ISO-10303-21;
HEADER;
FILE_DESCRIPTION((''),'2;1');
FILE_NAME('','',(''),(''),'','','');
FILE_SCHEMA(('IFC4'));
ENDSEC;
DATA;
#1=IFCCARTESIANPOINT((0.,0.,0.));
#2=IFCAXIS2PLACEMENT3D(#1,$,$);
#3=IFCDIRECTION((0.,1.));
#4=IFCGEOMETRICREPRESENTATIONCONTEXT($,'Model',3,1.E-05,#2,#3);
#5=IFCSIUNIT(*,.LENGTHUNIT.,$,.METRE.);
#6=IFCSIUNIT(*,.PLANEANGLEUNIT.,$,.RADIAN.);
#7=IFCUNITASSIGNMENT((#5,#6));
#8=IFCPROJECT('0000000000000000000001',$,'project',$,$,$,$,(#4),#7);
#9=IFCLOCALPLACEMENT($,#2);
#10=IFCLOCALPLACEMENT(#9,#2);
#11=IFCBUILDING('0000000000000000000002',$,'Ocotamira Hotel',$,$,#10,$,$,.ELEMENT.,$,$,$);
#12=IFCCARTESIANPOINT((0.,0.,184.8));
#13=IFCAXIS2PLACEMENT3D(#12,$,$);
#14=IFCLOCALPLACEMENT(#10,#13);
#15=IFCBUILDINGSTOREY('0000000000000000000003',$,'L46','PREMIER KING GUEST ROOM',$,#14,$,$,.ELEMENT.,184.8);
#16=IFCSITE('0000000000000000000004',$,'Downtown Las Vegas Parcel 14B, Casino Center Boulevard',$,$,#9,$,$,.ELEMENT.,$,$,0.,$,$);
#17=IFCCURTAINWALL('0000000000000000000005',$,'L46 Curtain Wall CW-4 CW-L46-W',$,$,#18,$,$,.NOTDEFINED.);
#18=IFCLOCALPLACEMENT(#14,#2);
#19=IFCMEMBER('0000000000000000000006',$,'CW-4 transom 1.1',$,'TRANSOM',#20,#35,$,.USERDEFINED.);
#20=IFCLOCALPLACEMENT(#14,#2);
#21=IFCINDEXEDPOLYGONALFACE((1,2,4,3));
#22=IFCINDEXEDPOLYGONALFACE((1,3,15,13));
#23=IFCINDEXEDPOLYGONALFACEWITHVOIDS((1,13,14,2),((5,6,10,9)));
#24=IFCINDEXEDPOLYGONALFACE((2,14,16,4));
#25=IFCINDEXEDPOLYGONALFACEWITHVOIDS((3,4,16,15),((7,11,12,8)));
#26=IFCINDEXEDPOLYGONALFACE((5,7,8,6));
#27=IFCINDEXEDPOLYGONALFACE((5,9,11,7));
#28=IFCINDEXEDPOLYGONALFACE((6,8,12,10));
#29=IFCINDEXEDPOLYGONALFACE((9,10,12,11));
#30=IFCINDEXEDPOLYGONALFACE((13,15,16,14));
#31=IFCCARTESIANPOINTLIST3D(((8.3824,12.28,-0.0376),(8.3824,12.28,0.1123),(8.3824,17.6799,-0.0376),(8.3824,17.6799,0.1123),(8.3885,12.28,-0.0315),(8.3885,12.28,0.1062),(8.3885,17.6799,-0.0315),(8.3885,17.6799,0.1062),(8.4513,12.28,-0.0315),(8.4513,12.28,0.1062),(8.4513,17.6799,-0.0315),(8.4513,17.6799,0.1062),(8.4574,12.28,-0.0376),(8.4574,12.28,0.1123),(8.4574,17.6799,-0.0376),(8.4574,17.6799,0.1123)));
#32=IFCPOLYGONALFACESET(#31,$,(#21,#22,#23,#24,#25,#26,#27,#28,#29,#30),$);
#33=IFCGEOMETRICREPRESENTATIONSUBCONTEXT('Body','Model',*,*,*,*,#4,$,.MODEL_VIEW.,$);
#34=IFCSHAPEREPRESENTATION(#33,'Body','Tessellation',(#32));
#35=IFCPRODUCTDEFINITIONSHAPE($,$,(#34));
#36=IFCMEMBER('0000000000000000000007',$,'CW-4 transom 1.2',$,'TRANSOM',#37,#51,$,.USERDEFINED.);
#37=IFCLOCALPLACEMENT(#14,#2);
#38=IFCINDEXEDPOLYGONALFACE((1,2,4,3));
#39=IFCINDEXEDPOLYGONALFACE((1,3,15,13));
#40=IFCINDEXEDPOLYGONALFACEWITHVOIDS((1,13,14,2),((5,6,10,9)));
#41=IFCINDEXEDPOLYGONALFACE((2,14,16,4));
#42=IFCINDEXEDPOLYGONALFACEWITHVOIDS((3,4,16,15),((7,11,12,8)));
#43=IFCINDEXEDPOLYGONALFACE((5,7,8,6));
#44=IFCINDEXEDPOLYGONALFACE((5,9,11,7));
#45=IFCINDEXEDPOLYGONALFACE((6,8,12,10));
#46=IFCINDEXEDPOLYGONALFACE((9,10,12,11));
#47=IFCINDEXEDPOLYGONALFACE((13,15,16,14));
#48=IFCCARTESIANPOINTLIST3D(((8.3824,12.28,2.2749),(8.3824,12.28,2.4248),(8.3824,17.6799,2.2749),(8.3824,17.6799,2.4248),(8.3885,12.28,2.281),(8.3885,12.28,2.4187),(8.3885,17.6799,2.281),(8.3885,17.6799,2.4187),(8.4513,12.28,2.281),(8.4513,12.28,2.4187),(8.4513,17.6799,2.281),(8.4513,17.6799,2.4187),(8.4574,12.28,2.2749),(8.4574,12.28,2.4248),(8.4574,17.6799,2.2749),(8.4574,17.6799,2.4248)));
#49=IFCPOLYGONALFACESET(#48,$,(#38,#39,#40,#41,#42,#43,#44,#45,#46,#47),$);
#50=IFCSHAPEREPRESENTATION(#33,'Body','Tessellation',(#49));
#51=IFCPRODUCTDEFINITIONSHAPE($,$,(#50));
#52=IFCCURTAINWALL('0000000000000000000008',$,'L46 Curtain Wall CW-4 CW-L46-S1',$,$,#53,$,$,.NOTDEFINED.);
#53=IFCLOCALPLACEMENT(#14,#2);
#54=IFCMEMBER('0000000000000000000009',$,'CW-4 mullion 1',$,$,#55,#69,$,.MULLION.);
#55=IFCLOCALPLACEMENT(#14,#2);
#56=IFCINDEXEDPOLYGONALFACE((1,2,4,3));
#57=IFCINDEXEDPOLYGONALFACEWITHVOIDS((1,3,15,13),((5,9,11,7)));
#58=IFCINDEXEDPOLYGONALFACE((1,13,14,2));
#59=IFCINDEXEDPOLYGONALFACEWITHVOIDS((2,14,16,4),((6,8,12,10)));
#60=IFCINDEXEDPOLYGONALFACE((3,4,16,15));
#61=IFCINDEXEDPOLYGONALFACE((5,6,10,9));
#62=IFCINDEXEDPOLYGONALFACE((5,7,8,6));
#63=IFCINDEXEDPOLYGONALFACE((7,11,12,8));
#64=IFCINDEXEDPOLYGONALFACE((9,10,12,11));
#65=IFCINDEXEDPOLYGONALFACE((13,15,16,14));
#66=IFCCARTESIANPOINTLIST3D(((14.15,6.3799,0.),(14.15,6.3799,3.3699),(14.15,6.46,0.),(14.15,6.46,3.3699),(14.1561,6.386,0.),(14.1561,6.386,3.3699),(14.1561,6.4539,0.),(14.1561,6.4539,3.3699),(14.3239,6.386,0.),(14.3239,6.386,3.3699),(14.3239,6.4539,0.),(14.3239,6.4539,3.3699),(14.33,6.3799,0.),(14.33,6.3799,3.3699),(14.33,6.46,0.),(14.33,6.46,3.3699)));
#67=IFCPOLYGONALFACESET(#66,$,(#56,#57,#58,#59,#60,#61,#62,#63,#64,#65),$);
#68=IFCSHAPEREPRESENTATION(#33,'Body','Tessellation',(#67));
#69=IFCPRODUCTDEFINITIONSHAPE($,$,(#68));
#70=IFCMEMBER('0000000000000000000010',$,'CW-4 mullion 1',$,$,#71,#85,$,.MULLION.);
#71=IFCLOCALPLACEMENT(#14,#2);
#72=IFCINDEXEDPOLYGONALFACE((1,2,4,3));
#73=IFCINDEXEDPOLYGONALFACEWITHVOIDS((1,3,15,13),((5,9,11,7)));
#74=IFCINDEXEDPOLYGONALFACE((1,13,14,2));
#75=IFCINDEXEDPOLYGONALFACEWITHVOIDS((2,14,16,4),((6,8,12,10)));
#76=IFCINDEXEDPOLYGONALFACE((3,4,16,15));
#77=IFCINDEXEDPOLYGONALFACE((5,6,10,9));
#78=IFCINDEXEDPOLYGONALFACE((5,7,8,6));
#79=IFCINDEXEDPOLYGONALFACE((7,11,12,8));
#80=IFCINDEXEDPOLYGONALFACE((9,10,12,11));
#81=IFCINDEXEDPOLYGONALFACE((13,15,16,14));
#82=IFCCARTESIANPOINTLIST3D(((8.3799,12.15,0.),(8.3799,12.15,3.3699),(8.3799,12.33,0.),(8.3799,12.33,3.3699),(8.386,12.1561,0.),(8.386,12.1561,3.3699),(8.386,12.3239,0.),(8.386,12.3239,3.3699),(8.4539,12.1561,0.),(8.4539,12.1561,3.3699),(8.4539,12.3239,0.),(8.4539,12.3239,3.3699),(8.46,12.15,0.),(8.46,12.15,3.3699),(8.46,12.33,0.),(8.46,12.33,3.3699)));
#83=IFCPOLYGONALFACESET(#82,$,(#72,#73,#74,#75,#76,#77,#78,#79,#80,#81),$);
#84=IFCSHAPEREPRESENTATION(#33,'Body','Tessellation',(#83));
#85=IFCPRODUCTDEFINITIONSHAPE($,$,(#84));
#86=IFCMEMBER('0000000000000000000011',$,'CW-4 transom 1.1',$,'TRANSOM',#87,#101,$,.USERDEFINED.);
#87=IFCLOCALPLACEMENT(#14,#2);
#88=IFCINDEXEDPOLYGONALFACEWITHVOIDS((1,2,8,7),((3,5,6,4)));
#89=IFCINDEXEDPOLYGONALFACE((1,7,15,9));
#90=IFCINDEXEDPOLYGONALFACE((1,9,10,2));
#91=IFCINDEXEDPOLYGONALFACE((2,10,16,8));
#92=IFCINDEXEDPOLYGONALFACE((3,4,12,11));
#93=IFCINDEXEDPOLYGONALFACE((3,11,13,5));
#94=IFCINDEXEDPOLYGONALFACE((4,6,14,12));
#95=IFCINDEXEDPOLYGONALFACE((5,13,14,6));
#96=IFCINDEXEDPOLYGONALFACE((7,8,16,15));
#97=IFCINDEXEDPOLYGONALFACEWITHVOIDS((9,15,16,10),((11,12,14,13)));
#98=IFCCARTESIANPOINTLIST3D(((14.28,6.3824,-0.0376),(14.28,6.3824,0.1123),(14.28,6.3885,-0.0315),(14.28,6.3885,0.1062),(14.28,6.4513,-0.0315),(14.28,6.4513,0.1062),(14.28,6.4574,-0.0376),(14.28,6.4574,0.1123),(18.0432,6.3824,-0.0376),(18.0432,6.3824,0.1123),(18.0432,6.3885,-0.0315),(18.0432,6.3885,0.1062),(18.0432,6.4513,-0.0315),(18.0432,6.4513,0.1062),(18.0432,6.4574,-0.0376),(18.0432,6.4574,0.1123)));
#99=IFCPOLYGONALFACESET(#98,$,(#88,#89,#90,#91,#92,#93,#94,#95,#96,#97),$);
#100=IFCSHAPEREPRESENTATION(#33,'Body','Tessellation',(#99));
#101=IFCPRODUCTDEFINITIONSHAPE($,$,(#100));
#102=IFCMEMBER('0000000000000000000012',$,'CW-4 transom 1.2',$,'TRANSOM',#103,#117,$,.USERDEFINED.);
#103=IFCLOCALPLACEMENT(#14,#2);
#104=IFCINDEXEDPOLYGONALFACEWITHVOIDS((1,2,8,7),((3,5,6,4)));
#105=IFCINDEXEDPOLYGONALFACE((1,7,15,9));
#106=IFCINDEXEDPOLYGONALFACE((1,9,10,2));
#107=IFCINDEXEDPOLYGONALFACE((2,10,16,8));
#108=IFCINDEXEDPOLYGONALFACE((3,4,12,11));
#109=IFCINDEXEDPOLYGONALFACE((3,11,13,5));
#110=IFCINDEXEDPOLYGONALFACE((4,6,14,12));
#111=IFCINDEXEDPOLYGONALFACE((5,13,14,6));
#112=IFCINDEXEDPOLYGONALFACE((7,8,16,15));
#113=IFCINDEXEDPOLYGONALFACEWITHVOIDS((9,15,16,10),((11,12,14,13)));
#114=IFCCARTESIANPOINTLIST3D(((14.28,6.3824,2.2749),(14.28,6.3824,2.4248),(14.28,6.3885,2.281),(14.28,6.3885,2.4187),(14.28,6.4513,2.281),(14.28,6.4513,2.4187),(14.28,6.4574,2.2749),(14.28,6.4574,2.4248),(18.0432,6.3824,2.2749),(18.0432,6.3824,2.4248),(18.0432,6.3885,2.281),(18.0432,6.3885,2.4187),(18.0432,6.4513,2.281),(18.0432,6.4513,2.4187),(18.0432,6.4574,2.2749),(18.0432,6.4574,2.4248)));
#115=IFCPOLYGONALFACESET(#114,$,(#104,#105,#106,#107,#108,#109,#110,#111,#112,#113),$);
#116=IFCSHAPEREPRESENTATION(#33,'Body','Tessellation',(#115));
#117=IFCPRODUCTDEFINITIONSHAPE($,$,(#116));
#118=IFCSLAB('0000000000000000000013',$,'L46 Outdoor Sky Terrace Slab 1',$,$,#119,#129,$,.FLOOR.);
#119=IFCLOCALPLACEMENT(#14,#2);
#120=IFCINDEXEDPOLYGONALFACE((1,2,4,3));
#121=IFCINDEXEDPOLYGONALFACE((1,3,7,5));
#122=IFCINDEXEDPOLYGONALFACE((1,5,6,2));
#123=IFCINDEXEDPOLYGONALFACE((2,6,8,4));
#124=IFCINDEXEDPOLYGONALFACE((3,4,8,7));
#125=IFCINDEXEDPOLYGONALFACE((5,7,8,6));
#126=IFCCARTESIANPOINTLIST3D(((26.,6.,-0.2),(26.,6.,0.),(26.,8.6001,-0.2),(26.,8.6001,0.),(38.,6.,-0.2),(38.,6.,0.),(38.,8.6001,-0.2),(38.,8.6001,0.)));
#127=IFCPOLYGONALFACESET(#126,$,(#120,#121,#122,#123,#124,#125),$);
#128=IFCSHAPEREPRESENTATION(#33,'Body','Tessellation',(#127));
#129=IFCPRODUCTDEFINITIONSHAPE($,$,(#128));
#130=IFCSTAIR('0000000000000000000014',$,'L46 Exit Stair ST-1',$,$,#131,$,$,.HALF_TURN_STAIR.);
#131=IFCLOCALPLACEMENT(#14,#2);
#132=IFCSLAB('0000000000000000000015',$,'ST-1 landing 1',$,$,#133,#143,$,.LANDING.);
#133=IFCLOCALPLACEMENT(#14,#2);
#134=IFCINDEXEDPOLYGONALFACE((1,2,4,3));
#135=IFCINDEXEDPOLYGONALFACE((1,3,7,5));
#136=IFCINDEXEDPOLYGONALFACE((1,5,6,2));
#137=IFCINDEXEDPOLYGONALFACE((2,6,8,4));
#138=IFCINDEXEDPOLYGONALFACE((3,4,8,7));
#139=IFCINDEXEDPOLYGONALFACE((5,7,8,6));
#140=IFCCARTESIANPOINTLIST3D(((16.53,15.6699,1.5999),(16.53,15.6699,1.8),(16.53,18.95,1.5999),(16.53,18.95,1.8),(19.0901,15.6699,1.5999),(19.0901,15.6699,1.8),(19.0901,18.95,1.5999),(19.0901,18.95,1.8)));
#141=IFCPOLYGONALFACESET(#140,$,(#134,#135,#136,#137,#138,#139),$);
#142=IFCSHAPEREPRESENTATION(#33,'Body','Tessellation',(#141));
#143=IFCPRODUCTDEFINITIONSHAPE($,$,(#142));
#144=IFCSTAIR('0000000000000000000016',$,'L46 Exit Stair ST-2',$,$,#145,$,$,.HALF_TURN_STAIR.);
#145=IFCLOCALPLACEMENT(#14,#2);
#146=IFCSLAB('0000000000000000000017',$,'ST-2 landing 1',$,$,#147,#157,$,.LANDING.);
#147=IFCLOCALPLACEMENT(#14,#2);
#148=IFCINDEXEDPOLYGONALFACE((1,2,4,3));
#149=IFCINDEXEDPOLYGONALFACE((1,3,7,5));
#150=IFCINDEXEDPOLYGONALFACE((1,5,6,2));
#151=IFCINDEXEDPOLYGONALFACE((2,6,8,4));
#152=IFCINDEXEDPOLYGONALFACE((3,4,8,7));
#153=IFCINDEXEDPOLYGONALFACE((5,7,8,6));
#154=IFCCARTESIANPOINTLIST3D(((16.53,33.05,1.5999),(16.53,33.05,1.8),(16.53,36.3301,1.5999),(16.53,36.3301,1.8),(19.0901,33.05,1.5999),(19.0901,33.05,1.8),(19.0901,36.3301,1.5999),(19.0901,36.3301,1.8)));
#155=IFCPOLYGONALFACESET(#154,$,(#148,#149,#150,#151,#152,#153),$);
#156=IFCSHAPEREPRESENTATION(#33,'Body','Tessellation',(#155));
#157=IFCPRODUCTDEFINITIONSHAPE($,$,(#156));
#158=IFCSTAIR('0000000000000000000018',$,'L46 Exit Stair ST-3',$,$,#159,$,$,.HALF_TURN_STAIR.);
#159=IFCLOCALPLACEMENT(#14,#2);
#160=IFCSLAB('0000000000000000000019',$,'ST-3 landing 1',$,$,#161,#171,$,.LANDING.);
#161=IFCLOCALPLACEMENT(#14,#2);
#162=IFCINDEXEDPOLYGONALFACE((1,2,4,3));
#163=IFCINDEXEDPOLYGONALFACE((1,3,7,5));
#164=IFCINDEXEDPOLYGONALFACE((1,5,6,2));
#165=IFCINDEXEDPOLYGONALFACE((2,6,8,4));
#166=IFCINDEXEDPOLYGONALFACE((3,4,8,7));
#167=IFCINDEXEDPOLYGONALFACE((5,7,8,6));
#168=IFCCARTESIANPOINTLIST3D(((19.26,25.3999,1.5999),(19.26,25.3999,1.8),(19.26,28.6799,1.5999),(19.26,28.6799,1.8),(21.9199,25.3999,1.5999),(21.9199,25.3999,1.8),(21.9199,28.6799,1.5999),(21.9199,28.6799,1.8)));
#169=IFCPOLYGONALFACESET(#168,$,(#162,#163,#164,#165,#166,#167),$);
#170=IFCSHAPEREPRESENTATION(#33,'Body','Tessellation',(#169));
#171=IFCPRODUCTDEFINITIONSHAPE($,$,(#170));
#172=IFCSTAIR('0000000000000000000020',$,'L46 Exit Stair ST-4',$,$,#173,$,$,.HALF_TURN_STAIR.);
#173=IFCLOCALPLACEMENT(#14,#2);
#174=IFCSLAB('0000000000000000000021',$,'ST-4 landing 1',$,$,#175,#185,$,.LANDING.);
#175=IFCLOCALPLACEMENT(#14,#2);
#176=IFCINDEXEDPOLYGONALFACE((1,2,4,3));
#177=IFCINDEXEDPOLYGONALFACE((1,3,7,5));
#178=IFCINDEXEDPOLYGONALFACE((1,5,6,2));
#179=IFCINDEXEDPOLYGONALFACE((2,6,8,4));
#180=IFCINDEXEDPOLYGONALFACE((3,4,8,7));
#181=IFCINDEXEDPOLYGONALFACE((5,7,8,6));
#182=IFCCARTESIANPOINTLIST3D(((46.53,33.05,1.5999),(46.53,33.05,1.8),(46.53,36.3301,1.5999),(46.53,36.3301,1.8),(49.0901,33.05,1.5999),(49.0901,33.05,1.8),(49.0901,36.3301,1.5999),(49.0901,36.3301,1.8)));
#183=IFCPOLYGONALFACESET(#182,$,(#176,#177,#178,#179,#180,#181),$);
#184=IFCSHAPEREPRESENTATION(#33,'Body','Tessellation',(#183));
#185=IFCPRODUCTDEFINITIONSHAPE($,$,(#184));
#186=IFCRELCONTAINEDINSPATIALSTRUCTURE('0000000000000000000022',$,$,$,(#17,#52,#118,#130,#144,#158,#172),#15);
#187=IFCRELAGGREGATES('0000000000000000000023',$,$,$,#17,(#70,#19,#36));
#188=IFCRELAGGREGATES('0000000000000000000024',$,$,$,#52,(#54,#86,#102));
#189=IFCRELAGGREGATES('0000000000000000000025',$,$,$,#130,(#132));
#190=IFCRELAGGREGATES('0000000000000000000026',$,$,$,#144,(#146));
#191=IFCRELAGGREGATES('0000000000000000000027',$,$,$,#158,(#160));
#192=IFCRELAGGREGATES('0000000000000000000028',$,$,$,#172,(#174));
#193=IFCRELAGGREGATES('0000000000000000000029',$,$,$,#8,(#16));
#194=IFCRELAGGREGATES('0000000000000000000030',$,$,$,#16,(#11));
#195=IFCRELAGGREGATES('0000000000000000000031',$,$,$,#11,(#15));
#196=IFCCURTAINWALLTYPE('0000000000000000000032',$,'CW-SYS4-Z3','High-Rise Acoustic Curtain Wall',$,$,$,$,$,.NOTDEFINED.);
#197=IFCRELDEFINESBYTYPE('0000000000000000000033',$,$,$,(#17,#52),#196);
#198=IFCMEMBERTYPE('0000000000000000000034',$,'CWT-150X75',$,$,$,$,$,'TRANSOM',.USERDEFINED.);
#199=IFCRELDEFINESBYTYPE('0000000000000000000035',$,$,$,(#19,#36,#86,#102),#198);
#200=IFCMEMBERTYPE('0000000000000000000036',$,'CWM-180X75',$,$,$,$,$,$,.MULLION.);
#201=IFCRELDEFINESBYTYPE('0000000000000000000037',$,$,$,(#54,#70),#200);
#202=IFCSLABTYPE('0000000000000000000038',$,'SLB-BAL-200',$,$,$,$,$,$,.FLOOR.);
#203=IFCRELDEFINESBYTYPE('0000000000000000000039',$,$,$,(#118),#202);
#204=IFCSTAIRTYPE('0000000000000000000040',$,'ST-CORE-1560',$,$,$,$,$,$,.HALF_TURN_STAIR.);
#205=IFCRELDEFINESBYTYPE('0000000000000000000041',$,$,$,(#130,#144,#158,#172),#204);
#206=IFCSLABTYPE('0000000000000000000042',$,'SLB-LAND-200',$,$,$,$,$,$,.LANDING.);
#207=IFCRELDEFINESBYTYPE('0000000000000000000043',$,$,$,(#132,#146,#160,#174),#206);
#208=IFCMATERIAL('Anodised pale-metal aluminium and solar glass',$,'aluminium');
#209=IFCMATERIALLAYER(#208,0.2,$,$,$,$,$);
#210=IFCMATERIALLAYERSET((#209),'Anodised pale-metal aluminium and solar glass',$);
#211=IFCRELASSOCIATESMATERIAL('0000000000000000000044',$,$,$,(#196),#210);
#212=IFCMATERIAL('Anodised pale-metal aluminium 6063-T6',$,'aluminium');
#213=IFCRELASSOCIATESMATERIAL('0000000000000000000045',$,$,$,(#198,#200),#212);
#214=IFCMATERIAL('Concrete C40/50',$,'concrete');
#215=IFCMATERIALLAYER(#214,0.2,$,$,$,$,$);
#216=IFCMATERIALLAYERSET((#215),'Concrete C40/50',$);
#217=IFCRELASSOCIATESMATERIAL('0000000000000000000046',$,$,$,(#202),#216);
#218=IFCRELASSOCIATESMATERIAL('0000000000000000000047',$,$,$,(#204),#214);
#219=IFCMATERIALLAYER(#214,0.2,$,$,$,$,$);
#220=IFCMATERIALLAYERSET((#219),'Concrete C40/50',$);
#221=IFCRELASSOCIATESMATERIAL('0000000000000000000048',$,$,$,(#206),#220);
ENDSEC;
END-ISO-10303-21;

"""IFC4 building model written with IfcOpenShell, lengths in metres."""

from ifc_helpers import new_model, si_unit, direction, frame, origin, origin_2d, place, context, subcontext, project, spatial, polyline, hollow_rectangle, outline, extrude, source, transform, mapped, material, layer, layer_set, material_profile, profile_set, type_object, element, aggregate, save


model = new_model("IFC4")

# Units and contexts
model_context = context("Model", 3, precision=1e-05, world=origin(), true_north=direction((0.0, 1.0)))
body_context = subcontext(model_context, "Body", "Model", "MODEL_VIEW")
ifc_project = project(units=[si_unit("LENGTHUNIT", "METRE"), si_unit("PLANEANGLEUNIT", "RADIAN")], contexts=[model_context])

# Site, building, storey
site_placement = place(None, origin())
site = spatial("IfcSite", under=ifc_project, at=site_placement, Name="Downtown Las Vegas Parcel 14B, Casino Center Boulevard", CompositionType="ELEMENT", RefElevation=0.0)
building_placement = place(site_placement, origin())
building = spatial("IfcBuilding", under=site, at=building_placement, Name="Ocotamira Hotel", CompositionType="ELEMENT")
storey_placement = place(building_placement, frame((0.0, 0.0, 184.8)))
storey = spatial("IfcBuildingStorey", under=building, at=storey_placement, Name="L46", Description="PREMIER KING GUEST ROOM", CompositionType="ELEMENT", Elevation=184.8)

# Curtain wall, members
ifc_material_1 = material(Name="Anodised pale-metal aluminium and solar glass", Category="aluminium")
ifc_layer_1 = layer(ifc_material_1, 0.2)
ifc_layer_set_1 = layer_set([ifc_layer_1], Name="Anodised pale-metal aluminium and solar glass")
curtain_wall_type = type_object("IfcCurtainWallType", Name="CW-SYS4-Z3", Description="High-Rise Acoustic Curtain Wall", PredefinedType="NOTDEFINED", material=ifc_layer_set_1)
curtain_wall_1_placement = place(storey_placement, origin())
curtain_wall_1 = element("IfcCurtainWall", 1, at=curtain_wall_1_placement, inside=storey, type_object=curtain_wall_type, Name="L46 Curtain Wall CW-4 CW-L46-W", PredefinedType="NOTDEFINED")
ifc_material_2 = material(Name="Anodised pale-metal aluminium 6063-T6", Category="aluminium")
ifc_material_profile_1 = material_profile(ifc_material_2, hollow_rectangle(XDim=0.075, YDim=0.1499, WallThickness=0.0061, at=origin_2d()), Name="HSS150X75X6")
ifc_profile_set_1 = profile_set([ifc_material_profile_1], Name="Anodised pale-metal aluminium 6063-T6")
member_type_1 = type_object("IfcMemberType", Name="CWT-150X75", ElementType="TRANSOM", PredefinedType="USERDEFINED", material=ifc_profile_set_1)
shared_shape_1 = source(origin(), body_context, "Body", "SweptSolid", [
    extrude(hollow_rectangle(XDim=0.075, YDim=0.1499, WallThickness=0.0061, at=origin_2d()), origin(), (0.0, 0.0, 1.0), 5.3999),
])
member_1_placement = place(storey_placement, frame((8.4199, 12.28, 0.0374), z_axis=(0.0, 1.0, 0.0), x_axis=(-1.0, 0.0, 0.0)))
member_1 = element("IfcMember", 2, at=member_1_placement, type_object=member_type_1, Name="CW-4 transom 1.1", ObjectType="TRANSOM", PredefinedType="USERDEFINED", context=body_context, shape_type="MappedRepresentation", body=[
    mapped(shared_shape_1, transform((0.0, 0.0, 0.0), scale=1.0)),
])
member_2_placement = place(storey_placement, frame((8.4199, 12.28, 2.3499), z_axis=(0.0, 1.0, 0.0), x_axis=(-1.0, 0.0, 0.0)))
member_2 = element("IfcMember", 3, at=member_2_placement, type_object=member_type_1, Name="CW-4 transom 1.2", ObjectType="TRANSOM", PredefinedType="USERDEFINED", context=body_context, shape_type="MappedRepresentation", body=[
    mapped(shared_shape_1, transform((0.0, 0.0, 0.0), scale=1.0)),
])

# Curtain wall, member
curtain_wall_2_placement = place(storey_placement, origin())
curtain_wall_2 = element("IfcCurtainWall", 4, at=curtain_wall_2_placement, inside=storey, type_object=curtain_wall_type, Name="L46 Curtain Wall CW-4 CW-L46-S1", PredefinedType="NOTDEFINED")
ifc_material_profile_2 = material_profile(ifc_material_2, hollow_rectangle(XDim=0.0801, YDim=0.1799, WallThickness=0.0061, at=origin_2d()), Name="HSS180X80X6")
ifc_profile_set_2 = profile_set([ifc_material_profile_2], Name="Anodised pale-metal aluminium 6063-T6")
member_type_2 = type_object("IfcMemberType", Name="CWM-180X75", PredefinedType="MULLION", material=ifc_profile_set_2)
shared_shape_2 = source(origin(), body_context, "Body", "SweptSolid", [
    extrude(hollow_rectangle(XDim=0.0801, YDim=0.1799, WallThickness=0.0061, at=origin_2d()), origin(), (0.0, 0.0, 1.0), 3.3699),
])
member_3_placement = place(storey_placement, frame((14.24, 6.4199, 0.0), z_axis=(0.0, 0.0, 1.0), x_axis=(0.0, 1.0, 0.0)))
member_3 = element("IfcMember", 5, at=member_3_placement, type_object=member_type_2, Name="CW-4 mullion 1", PredefinedType="MULLION", context=body_context, shape_type="MappedRepresentation", body=[
    mapped(shared_shape_2, transform((0.0, 0.0, 0.0), scale=1.0)),
])

# Members
member_4_placement = place(storey_placement, frame((8.4199, 12.24, 0.0), z_axis=(0.0, 0.0, 1.0), x_axis=(-1.0, 0.0, 0.0)))
member_4 = element("IfcMember", 6, at=member_4_placement, type_object=member_type_2, Name="CW-4 mullion 1", PredefinedType="MULLION", context=body_context, shape_type="MappedRepresentation", body=[
    mapped(shared_shape_2, transform((0.0, 0.0, 0.0), scale=1.0)),
])
aggregate(curtain_wall_1, [member_4, member_1, member_2])
shared_shape_3 = source(origin(), body_context, "Body", "SweptSolid", [
    extrude(hollow_rectangle(XDim=0.075, YDim=0.1499, WallThickness=0.0061, at=origin_2d()), origin(), (0.0, 0.0, 1.0), 3.7632),
])
member_5_placement = place(storey_placement, frame((14.28, 6.4199, 0.0374), z_axis=(1.0, 0.0, 0.0), x_axis=(0.0, 1.0, 0.0)))
member_5 = element("IfcMember", 7, at=member_5_placement, type_object=member_type_1, Name="CW-4 transom 1.1", ObjectType="TRANSOM", PredefinedType="USERDEFINED", context=body_context, shape_type="MappedRepresentation", body=[
    mapped(shared_shape_3, transform((0.0, 0.0, 0.0), scale=1.0)),
])
member_6_placement = place(storey_placement, frame((14.28, 6.4199, 2.3499), z_axis=(1.0, 0.0, 0.0), x_axis=(0.0, 1.0, 0.0)))
member_6 = element("IfcMember", 8, at=member_6_placement, type_object=member_type_1, Name="CW-4 transom 1.2", ObjectType="TRANSOM", PredefinedType="USERDEFINED", context=body_context, shape_type="MappedRepresentation", body=[
    mapped(shared_shape_3, transform((0.0, 0.0, 0.0), scale=1.0)),
])
aggregate(curtain_wall_2, [member_3, member_5, member_6])

# Slab
ifc_material_3 = material(Name="Concrete C40/50", Category="concrete")
ifc_layer_2 = layer(ifc_material_3, 0.2)
ifc_layer_set_2 = layer_set([ifc_layer_2], Name="Concrete C40/50")
slab_type_1 = type_object("IfcSlabType", Name="SLB-BAL-200", PredefinedType="FLOOR", material=ifc_layer_set_2)
slab_1_placement = place(storey_placement, frame((0.0, 0.0, -0.2)))
element("IfcSlab", 9, at=slab_1_placement, inside=storey, type_object=slab_type_1, Name="L46 Outdoor Sky Terrace Slab 1", PredefinedType="FLOOR", context=body_context, shape_type="SweptSolid", body=[
    extrude(outline(polyline([(26.0, 6.0), (38.0, 6.0), (38.0, 8.6001), (26.0, 8.6001), (26.0, 6.0)])), origin(), (0.0, 0.0, 1.0), 0.2),
])

# Stairs, slabs
stair_type = type_object("IfcStairType", Name="ST-CORE-1560", PredefinedType="HALF_TURN_STAIR", material=ifc_material_3)
stair_1_placement = place(storey_placement, origin())
stair_1 = element("IfcStair", 10, at=stair_1_placement, inside=storey, type_object=stair_type, Name="L46 Exit Stair ST-1", PredefinedType="HALF_TURN_STAIR")
ifc_layer_3 = layer(ifc_material_3, 0.2)
ifc_layer_set_3 = layer_set([ifc_layer_3], Name="Concrete C40/50")
slab_type_2 = type_object("IfcSlabType", Name="SLB-LAND-200", PredefinedType="LANDING", material=ifc_layer_set_3)
slab_2_placement = place(storey_placement, frame((0.0, 0.0, 1.5999)))
slab_2 = element("IfcSlab", 11, at=slab_2_placement, type_object=slab_type_2, Name="ST-1 landing 1", PredefinedType="LANDING", context=body_context, shape_type="SweptSolid", body=[
    extrude(outline(polyline([(16.53, 15.6699), (19.0901, 15.6699), (19.0901, 18.95), (16.53, 18.95), (16.53, 15.6699)])), origin(), (0.0, 0.0, 1.0), 0.2002),
])
aggregate(stair_1, [slab_2])
stair_2_placement = place(storey_placement, origin())
stair_2 = element("IfcStair", 12, at=stair_2_placement, inside=storey, type_object=stair_type, Name="L46 Exit Stair ST-2", PredefinedType="HALF_TURN_STAIR")
slab_3_placement = place(storey_placement, frame((0.0, 0.0, 1.5999)))
slab_3 = element("IfcSlab", 13, at=slab_3_placement, type_object=slab_type_2, Name="ST-2 landing 1", PredefinedType="LANDING", context=body_context, shape_type="SweptSolid", body=[
    extrude(outline(polyline([(16.53, 33.05), (19.0901, 33.05), (19.0901, 36.3301), (16.53, 36.3301), (16.53, 33.05)])), origin(), (0.0, 0.0, 1.0), 0.2002),
])
aggregate(stair_2, [slab_3])
stair_3_placement = place(storey_placement, origin())
stair_3 = element("IfcStair", 14, at=stair_3_placement, inside=storey, type_object=stair_type, Name="L46 Exit Stair ST-3", PredefinedType="HALF_TURN_STAIR")
slab_4_placement = place(storey_placement, frame((0.0, 0.0, 1.5999)))
slab_4 = element("IfcSlab", 15, at=slab_4_placement, type_object=slab_type_2, Name="ST-3 landing 1", PredefinedType="LANDING", context=body_context, shape_type="SweptSolid", body=[
    extrude(outline(polyline([(19.26, 25.3999), (21.9199, 25.3999), (21.9199, 28.6799), (19.26, 28.6799), (19.26, 25.3999)])), origin(), (0.0, 0.0, 1.0), 0.2002),
])
aggregate(stair_3, [slab_4])
stair_4_placement = place(storey_placement, origin())
stair_4 = element("IfcStair", 16, at=stair_4_placement, inside=storey, type_object=stair_type, Name="L46 Exit Stair ST-4", PredefinedType="HALF_TURN_STAIR")
slab_5_placement = place(storey_placement, frame((0.0, 0.0, 1.5999)))
slab_5 = element("IfcSlab", 17, at=slab_5_placement, type_object=slab_type_2, Name="ST-4 landing 1", PredefinedType="LANDING", context=body_context, shape_type="SweptSolid", body=[
    extrude(outline(polyline([(46.53, 33.05), (49.0901, 33.05), (49.0901, 36.3301), (46.53, 36.3301), (46.53, 33.05)])), origin(), (0.0, 0.0, 1.0), 0.2002),
])
aggregate(stair_4, [slab_5])

save(model, "model.ifc")
